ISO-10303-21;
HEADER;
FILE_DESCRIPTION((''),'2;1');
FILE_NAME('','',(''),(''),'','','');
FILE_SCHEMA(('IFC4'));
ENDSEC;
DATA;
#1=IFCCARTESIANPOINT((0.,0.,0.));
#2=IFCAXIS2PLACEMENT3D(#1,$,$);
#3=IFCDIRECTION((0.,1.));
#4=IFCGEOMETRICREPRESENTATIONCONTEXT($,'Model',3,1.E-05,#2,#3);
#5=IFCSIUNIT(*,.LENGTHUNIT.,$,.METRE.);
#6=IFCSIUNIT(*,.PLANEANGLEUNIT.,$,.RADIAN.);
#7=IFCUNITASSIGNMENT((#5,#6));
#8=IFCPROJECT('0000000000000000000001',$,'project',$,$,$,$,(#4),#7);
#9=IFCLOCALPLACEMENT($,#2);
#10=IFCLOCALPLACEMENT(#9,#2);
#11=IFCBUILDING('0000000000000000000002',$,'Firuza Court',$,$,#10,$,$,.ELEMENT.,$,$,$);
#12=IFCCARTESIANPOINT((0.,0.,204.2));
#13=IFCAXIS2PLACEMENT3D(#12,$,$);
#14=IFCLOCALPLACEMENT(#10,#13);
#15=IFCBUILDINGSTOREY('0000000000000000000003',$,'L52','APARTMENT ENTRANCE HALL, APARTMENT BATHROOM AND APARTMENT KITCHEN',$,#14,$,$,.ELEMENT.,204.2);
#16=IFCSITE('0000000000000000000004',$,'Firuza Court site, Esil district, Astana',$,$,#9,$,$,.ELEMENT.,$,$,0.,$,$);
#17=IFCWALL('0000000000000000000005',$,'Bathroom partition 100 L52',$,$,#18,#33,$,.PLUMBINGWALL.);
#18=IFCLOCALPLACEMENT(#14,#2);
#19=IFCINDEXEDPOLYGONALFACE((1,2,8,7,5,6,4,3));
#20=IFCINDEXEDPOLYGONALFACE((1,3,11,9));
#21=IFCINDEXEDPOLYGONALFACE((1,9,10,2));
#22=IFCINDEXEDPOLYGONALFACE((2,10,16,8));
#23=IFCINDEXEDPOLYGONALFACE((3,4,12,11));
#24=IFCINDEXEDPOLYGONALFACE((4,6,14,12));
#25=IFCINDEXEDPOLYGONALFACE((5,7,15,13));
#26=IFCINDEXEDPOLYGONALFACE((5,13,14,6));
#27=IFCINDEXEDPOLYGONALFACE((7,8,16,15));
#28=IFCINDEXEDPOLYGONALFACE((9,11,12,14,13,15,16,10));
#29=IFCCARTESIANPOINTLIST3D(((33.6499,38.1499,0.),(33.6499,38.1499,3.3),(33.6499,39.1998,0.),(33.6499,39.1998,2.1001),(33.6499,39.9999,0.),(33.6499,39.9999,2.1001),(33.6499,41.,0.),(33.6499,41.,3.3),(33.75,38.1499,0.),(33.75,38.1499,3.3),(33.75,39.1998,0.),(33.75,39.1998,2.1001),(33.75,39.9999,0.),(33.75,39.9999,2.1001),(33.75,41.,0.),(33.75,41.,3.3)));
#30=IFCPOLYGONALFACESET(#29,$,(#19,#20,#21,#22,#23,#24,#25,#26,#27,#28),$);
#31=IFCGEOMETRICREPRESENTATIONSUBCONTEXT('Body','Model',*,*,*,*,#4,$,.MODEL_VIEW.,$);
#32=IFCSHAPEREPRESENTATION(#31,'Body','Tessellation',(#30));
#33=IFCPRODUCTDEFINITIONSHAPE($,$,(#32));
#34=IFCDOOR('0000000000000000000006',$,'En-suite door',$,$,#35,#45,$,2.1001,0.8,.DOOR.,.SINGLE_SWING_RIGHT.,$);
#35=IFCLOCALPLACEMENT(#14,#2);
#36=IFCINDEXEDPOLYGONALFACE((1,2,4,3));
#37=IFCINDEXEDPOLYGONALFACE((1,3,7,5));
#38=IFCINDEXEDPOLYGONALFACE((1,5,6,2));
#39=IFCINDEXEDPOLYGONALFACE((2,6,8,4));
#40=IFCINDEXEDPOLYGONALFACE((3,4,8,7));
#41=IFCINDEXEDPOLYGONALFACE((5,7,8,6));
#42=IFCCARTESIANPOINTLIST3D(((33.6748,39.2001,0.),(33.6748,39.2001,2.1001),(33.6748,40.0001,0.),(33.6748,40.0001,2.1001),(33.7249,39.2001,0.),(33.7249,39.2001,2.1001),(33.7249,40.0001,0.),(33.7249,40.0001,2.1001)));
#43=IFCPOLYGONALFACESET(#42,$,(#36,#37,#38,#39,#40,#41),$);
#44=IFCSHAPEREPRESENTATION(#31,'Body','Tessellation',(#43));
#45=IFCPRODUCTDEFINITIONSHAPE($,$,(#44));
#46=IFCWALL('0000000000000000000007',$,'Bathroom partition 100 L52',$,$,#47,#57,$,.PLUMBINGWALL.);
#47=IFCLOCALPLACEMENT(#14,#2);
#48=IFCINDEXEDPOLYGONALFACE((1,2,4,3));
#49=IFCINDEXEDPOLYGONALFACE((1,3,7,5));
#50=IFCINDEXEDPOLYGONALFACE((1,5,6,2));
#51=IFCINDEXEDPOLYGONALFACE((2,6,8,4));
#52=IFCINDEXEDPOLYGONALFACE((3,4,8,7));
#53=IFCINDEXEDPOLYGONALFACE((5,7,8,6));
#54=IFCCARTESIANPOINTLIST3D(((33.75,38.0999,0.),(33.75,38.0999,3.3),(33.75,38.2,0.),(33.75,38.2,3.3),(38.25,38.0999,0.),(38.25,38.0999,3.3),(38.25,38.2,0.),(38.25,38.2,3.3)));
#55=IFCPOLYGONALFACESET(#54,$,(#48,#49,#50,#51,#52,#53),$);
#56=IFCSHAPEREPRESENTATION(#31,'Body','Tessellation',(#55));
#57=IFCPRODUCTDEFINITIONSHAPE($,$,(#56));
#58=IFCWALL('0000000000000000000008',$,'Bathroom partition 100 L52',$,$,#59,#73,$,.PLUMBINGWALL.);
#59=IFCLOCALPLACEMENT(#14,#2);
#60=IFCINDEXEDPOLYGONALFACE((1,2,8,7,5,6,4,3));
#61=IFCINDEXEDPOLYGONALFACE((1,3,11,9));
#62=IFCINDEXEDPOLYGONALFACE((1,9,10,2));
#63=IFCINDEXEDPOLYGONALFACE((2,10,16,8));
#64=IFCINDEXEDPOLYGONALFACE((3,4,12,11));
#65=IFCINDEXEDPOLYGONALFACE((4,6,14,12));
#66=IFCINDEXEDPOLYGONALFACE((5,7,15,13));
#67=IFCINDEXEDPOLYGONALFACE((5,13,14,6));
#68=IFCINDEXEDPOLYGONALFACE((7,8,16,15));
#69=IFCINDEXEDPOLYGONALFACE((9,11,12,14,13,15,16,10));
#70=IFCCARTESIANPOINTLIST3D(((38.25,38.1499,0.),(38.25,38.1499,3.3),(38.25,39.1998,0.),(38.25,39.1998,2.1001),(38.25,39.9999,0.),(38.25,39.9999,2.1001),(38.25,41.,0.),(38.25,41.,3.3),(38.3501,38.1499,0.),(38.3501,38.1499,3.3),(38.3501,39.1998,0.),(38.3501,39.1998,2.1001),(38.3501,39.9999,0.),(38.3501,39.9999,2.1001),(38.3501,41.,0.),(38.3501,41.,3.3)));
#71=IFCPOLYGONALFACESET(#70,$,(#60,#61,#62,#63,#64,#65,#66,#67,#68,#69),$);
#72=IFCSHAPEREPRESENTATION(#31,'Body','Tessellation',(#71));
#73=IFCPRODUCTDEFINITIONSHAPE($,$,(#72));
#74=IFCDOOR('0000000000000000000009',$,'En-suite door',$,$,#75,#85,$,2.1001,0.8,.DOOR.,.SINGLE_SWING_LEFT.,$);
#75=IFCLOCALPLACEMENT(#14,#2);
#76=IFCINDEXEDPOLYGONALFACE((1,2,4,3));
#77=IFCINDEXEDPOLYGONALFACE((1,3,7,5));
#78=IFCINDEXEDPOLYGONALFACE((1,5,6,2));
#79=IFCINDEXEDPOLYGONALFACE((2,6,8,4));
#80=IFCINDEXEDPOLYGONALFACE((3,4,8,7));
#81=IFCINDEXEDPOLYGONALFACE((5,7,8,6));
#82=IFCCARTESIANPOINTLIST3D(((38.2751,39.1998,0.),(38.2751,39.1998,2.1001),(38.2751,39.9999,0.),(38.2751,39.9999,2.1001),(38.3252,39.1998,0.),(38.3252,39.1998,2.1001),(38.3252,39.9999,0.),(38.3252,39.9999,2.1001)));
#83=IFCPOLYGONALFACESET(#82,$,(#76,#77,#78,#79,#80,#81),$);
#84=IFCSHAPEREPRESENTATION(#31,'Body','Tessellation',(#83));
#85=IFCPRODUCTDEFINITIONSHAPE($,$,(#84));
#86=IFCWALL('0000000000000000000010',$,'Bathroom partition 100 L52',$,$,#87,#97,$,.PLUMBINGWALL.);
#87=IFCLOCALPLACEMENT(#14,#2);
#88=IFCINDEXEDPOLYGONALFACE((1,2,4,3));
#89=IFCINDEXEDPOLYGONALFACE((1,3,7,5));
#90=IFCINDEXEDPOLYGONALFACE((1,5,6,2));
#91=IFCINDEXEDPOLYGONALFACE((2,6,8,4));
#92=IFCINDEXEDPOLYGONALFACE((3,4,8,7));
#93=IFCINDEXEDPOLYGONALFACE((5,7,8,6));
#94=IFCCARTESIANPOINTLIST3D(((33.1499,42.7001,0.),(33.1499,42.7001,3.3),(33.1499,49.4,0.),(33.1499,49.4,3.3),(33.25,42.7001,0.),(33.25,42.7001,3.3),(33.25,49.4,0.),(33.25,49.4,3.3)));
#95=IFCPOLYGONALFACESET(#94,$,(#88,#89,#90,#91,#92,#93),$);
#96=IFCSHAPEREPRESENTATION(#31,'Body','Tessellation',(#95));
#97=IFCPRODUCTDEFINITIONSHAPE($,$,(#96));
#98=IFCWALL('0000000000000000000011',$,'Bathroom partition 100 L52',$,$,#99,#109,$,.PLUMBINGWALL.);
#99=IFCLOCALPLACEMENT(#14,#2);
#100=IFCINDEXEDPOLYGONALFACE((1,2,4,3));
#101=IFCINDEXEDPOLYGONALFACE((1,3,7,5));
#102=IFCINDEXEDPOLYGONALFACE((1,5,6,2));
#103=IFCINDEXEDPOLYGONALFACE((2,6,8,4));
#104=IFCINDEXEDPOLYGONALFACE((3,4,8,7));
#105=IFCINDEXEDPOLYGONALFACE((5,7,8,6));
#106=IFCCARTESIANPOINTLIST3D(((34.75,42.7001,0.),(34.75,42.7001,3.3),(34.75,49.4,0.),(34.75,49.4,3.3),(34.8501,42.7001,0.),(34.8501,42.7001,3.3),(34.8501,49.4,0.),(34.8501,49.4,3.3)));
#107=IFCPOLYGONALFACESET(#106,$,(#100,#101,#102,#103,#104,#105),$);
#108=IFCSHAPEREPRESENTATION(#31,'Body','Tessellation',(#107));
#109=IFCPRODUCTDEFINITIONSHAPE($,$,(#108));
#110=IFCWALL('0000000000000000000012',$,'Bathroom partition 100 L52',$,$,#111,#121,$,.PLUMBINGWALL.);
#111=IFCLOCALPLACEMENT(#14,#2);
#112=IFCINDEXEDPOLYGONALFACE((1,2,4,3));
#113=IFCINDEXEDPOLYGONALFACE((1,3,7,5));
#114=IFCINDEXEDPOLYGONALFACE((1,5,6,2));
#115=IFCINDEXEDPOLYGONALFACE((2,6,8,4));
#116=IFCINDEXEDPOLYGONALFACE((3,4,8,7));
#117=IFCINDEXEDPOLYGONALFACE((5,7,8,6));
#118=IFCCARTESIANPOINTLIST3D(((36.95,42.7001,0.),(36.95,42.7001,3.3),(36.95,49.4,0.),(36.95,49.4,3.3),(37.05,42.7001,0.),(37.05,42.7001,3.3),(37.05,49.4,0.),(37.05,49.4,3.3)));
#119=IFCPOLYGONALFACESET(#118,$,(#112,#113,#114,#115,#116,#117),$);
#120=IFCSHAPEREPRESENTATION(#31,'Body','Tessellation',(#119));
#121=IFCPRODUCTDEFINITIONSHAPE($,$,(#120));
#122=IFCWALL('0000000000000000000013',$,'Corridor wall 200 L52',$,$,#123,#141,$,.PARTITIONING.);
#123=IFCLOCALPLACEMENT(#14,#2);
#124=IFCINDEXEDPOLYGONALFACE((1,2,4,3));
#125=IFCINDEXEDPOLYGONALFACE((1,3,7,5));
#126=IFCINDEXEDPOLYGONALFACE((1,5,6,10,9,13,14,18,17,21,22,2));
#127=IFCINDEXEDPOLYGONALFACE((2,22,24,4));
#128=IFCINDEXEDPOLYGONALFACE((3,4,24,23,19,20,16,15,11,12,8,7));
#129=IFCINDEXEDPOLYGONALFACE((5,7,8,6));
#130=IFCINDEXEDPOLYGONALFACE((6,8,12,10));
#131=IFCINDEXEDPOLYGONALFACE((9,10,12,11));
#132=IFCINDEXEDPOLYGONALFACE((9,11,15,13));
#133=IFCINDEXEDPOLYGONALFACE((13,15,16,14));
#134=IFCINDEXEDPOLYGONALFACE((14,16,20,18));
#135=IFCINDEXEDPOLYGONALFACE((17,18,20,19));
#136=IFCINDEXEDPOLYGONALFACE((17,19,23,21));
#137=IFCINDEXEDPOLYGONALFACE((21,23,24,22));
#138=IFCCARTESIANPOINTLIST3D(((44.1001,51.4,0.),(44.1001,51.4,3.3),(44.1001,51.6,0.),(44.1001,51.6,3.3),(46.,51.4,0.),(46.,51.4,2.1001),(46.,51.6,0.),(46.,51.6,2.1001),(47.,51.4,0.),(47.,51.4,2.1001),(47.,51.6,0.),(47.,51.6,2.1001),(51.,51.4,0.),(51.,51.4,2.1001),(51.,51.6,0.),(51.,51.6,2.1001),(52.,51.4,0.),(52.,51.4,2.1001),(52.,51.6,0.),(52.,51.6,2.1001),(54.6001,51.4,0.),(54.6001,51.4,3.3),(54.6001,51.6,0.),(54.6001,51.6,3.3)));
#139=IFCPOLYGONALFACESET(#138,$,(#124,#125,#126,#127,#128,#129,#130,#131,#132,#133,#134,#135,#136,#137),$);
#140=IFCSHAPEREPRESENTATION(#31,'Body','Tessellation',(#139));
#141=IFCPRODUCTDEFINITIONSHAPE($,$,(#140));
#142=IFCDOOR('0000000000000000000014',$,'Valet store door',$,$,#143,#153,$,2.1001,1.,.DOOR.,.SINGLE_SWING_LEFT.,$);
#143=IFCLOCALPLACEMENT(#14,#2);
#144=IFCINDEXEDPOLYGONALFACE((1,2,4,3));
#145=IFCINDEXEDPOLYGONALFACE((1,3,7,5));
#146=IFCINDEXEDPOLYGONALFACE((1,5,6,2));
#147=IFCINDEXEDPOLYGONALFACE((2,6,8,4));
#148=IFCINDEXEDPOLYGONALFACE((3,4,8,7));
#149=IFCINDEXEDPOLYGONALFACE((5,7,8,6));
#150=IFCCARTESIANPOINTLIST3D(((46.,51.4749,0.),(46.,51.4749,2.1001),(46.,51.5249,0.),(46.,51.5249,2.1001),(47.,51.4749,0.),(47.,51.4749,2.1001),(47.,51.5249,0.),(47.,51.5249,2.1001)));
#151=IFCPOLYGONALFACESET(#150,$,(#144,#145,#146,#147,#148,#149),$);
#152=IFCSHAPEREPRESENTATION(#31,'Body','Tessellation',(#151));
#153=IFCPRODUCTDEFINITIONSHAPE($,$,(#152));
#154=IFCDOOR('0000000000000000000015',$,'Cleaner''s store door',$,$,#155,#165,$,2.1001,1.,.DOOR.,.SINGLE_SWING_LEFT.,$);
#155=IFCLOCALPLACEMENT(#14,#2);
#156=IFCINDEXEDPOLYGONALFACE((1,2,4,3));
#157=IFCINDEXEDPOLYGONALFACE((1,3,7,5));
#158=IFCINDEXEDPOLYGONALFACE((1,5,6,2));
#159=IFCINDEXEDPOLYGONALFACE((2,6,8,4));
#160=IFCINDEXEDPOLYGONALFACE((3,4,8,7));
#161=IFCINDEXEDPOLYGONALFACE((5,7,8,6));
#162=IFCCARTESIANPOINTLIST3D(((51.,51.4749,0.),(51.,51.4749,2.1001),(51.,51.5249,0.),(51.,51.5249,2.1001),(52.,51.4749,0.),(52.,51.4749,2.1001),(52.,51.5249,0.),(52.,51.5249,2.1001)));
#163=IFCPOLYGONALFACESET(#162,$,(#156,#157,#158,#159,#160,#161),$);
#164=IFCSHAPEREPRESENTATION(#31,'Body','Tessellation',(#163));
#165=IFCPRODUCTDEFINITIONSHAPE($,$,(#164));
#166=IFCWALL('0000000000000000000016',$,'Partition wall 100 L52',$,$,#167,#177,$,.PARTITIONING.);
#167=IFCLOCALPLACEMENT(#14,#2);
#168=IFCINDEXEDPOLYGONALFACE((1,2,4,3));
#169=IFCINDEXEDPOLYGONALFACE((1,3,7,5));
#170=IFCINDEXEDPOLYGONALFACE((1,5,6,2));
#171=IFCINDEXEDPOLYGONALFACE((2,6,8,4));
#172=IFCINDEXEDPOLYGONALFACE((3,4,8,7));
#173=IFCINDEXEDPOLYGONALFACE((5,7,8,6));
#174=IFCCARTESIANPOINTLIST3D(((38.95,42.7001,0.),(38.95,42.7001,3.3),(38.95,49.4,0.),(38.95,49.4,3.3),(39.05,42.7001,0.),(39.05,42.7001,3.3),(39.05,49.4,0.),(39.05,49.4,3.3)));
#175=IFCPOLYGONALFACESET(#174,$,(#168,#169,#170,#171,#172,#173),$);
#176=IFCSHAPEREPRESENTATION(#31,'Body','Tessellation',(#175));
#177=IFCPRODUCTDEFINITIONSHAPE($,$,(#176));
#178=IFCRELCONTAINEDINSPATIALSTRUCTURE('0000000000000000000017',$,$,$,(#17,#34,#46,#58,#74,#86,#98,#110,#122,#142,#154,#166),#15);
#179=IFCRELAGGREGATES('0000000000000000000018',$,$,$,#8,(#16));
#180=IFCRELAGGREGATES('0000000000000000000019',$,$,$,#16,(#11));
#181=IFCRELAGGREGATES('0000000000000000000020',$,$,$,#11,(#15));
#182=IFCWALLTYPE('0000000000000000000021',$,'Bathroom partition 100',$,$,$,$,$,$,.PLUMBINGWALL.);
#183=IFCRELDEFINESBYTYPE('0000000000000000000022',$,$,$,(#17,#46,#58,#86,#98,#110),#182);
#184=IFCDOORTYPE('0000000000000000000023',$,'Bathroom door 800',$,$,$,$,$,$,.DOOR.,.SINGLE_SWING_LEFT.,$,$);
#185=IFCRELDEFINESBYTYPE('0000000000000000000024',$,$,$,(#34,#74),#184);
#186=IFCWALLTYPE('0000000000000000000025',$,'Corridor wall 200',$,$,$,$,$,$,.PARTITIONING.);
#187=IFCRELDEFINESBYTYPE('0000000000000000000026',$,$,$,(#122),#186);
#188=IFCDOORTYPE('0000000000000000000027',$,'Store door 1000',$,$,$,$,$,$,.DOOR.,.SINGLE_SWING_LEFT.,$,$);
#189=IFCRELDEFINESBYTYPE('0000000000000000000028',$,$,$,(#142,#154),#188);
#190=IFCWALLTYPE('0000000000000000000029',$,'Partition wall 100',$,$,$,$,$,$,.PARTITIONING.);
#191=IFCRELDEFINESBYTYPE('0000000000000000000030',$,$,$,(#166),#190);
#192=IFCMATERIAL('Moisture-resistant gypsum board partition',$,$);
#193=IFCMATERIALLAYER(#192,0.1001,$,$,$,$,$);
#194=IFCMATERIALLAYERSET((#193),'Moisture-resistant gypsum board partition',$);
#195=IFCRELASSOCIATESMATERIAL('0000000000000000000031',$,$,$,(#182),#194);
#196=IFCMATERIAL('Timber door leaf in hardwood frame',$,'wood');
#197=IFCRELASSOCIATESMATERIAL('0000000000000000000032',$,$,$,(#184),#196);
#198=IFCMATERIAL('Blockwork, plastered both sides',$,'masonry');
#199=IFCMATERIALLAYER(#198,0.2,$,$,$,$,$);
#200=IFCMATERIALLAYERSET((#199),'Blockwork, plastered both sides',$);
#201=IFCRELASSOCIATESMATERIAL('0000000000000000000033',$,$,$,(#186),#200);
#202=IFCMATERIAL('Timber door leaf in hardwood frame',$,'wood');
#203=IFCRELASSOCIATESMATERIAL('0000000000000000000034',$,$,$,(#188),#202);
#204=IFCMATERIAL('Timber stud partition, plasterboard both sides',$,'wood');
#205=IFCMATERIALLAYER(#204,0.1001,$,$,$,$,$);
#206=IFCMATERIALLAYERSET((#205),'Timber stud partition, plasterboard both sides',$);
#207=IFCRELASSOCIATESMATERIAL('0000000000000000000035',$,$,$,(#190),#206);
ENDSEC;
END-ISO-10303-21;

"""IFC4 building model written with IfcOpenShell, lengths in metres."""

from ifc_helpers import new_model, si_unit, direction, frame, frame_2d, origin, place, context, subcontext, project, spatial, rectangle, extrude, material, layer, layer_set, type_object, element, fill, save


model = new_model("IFC4")

# Units and contexts
model_context = context("Model", 3, precision=1e-05, world=origin(), true_north=direction((0.0, 1.0)))
body_context = subcontext(model_context, "Body", "Model", "MODEL_VIEW")
ifc_project = project(units=[si_unit("LENGTHUNIT", "METRE"), si_unit("PLANEANGLEUNIT", "RADIAN")], contexts=[model_context])

# Site, building, storey
site_placement = place(None, origin())
site = spatial("IfcSite", under=ifc_project, at=site_placement, Name="Firuza Court site, Esil district, Astana", CompositionType="ELEMENT", RefElevation=0.0)
building_placement = place(site_placement, origin())
building = spatial("IfcBuilding", under=site, at=building_placement, Name="Firuza Court", CompositionType="ELEMENT")
storey_placement = place(building_placement, frame((0.0, 0.0, 204.2)))
storey = spatial("IfcBuildingStorey", under=building, at=storey_placement, Name="L52", Description="APARTMENT ENTRANCE HALL, APARTMENT BATHROOM AND APARTMENT KITCHEN", CompositionType="ELEMENT", Elevation=204.2)

# Wall, opening, door
ifc_material_1 = material(Name="Moisture-resistant gypsum board partition")
ifc_layer_1 = layer(ifc_material_1, 0.1001)
ifc_layer_set_1 = layer_set([ifc_layer_1], Name="Moisture-resistant gypsum board partition")
wall_type_1 = type_object("IfcWallType", Name="Bathroom partition 100", PredefinedType="PLUMBINGWALL", material=ifc_layer_set_1)
wall_1_placement = place(storey_placement, frame((33.7, 38.1499, 0.0), z_axis=(0.0, 0.0, 1.0), x_axis=(0.0, 1.0, 0.0)))
wall_1 = element("IfcWall", 1, at=wall_1_placement, inside=storey, type_object=wall_type_1, Name="Bathroom partition 100 L52", PredefinedType="PLUMBINGWALL", context=body_context, shape_type="SweptSolid", body=[
    extrude(rectangle(XDim=2.8501, YDim=0.1001, at=frame_2d((1.425, 0.0))), origin(), (0.0, 0.0, 1.0), 3.3),
])
opening_1_placement = place(wall_1_placement, frame((1.05, 0.0, 0.0)))
opening_1 = element("IfcOpeningElement", 2, at=opening_1_placement, cuts=wall_1, PredefinedType="OPENING", context=body_context, shape_type="SweptSolid", body=[
    extrude(rectangle(XDim=0.8, YDim=2.1001, at=frame_2d((0.3999, 1.05))), frame((0.0, 0.062, 0.0), z_axis=(0.0, -1.0, 0.0), x_axis=(1.0, 0.0, 0.0)), (0.0, 0.0, 1.0), 0.124),
])
ifc_material_2 = material(Name="Timber door leaf in hardwood frame", Category="wood")
door_type_1 = type_object("IfcDoorType", Name="Bathroom door 800", OperationType="SINGLE_SWING_LEFT", PredefinedType="DOOR", material=ifc_material_2)
door_1_placement = place(opening_1_placement, frame((0.8, 0.0, 0.0), z_axis=(0.0, 0.0, 1.0), x_axis=(-1.0, 0.0, 0.0)))
door_1 = element("IfcDoor", 3, at=door_1_placement, inside=storey, type_object=door_type_1, Name="En-suite door", OperationType="SINGLE_SWING_RIGHT", OverallHeight=2.1001, OverallWidth=0.8, PredefinedType="DOOR", context=body_context, shape_type="SweptSolid", body=[
    extrude(rectangle(XDim=0.8, YDim=2.1001, at=frame_2d((0.3999, 1.05))), frame((0.0, 0.0249, 0.0), z_axis=(0.0, -1.0, 0.0), x_axis=(1.0, 0.0, 0.0)), (0.0, 0.0, 1.0), 0.05),
])
fill(opening_1, door_1)

# Wall
wall_2_placement = place(storey_placement, frame((33.75, 38.1499, 0.0), z_axis=(0.0, 0.0, 1.0), x_axis=(1.0, 0.0, 0.0)))
element("IfcWall", 4, at=wall_2_placement, inside=storey, type_object=wall_type_1, Name="Bathroom partition 100 L52", PredefinedType="PLUMBINGWALL", context=body_context, shape_type="SweptSolid", body=[
    extrude(rectangle(XDim=4.5, YDim=0.1001, at=frame_2d((2.25, 0.0))), origin(), (0.0, 0.0, 1.0), 3.3),
])

# Wall, opening, door
wall_3_placement = place(storey_placement, frame((38.3, 38.1499, 0.0), z_axis=(0.0, 0.0, 1.0), x_axis=(0.0, 1.0, 0.0)))
wall_3 = element("IfcWall", 5, at=wall_3_placement, inside=storey, type_object=wall_type_1, Name="Bathroom partition 100 L52", PredefinedType="PLUMBINGWALL", context=body_context, shape_type="SweptSolid", body=[
    extrude(rectangle(XDim=2.8501, YDim=0.1001, at=frame_2d((1.425, 0.0))), origin(), (0.0, 0.0, 1.0), 3.3),
])
opening_2_placement = place(wall_3_placement, frame((1.05, 0.0, 0.0)))
opening_2 = element("IfcOpeningElement", 6, at=opening_2_placement, cuts=wall_3, PredefinedType="OPENING", context=body_context, shape_type="SweptSolid", body=[
    extrude(rectangle(XDim=0.8, YDim=2.1001, at=frame_2d((0.3999, 1.05))), frame((0.0, 0.062, 0.0), z_axis=(0.0, -1.0, 0.0), x_axis=(1.0, 0.0, 0.0)), (0.0, 0.0, 1.0), 0.124),
])
door_2_placement = place(opening_2_placement, origin())
door_2 = element("IfcDoor", 7, at=door_2_placement, inside=storey, type_object=door_type_1, Name="En-suite door", OperationType="SINGLE_SWING_LEFT", OverallHeight=2.1001, OverallWidth=0.8, PredefinedType="DOOR", context=body_context, shape_type="SweptSolid", body=[
    extrude(rectangle(XDim=0.8, YDim=2.1001, at=frame_2d((0.3999, 1.05))), frame((0.0, 0.0249, 0.0), z_axis=(0.0, -1.0, 0.0), x_axis=(1.0, 0.0, 0.0)), (0.0, 0.0, 1.0), 0.05),
])
fill(opening_2, door_2)

# Walls
for number, where, z_axis, x_axis, name in (
    (8, (33.2, 42.7, 0.0), (0.0, 0.0, 1.0), (0.0, 1.0, 0.0), "Bathroom partition 100 L52"),
    (9, (34.8, 42.7, 0.0), (0.0, 0.0, 1.0), (0.0, 1.0, 0.0), "Bathroom partition 100 L52"),
    (10, (37.0, 42.7, 0.0), (0.0, 0.0, 1.0), (0.0, 1.0, 0.0), "Bathroom partition 100 L52"),
):
    element("IfcWall", number, at=place(storey_placement, frame(where, z_axis=z_axis, x_axis=x_axis)), inside=storey, type_object=wall_type_1, Name=name, PredefinedType="PLUMBINGWALL", context=body_context, shape_type="SweptSolid", body=[
        extrude(rectangle(XDim=6.7, YDim=0.1001, at=frame_2d((3.3501, 0.0))), origin(), (0.0, 0.0, 1.0), 3.3),
    ])

# Wall, openings, doors
ifc_material_3 = material(Name="Blockwork, plastered both sides", Category="masonry")
ifc_layer_2 = layer(ifc_material_3, 0.2)
ifc_layer_set_2 = layer_set([ifc_layer_2], Name="Blockwork, plastered both sides")
wall_type_2 = type_object("IfcWallType", Name="Corridor wall 200", PredefinedType="PARTITIONING", material=ifc_layer_set_2)
wall_4_placement = place(storey_placement, frame((44.1001, 51.5, 0.0), z_axis=(0.0, 0.0, 1.0), x_axis=(1.0, 0.0, 0.0)))
wall_4 = element("IfcWall", 11, at=wall_4_placement, inside=storey, type_object=wall_type_2, Name="Corridor wall 200 L52", PredefinedType="PARTITIONING", context=body_context, shape_type="SweptSolid", body=[
    extrude(rectangle(XDim=10.5, YDim=0.2, at=frame_2d((5.25, 0.0))), origin(), (0.0, 0.0, 1.0), 3.3),
])
opening_3_placement = place(wall_4_placement, frame((1.8999, 0.0, 0.0)))
opening_3 = element("IfcOpeningElement", 12, at=opening_3_placement, cuts=wall_4, PredefinedType="OPENING", context=body_context, shape_type="SweptSolid", body=[
    extrude(rectangle(XDim=1.0, YDim=2.1001, at=frame_2d((0.5, 1.05))), frame((0.0, 0.1118, 0.0), z_axis=(0.0, -1.0, 0.0), x_axis=(1.0, 0.0, 0.0)), (0.0, 0.0, 1.0), 0.2239),
])
opening_4_placement = place(wall_4_placement, frame((6.8999, 0.0, 0.0)))
opening_4 = element("IfcOpeningElement", 13, at=opening_4_placement, cuts=wall_4, PredefinedType="OPENING", context=body_context, shape_type="SweptSolid", body=[
    extrude(rectangle(XDim=1.0, YDim=2.1001, at=frame_2d((0.5, 1.05))), frame((0.0, 0.1118, 0.0), z_axis=(0.0, -1.0, 0.0), x_axis=(1.0, 0.0, 0.0)), (0.0, 0.0, 1.0), 0.2239),
])
ifc_material_4 = material(Name="Timber door leaf in hardwood frame", Category="wood")
door_type_2 = type_object("IfcDoorType", Name="Store door 1000", OperationType="SINGLE_SWING_LEFT", PredefinedType="DOOR", material=ifc_material_4)
door_3_placement = place(opening_3_placement, origin())
door_3 = element("IfcDoor", 14, at=door_3_placement, inside=storey, type_object=door_type_2, Name="Valet store door", OperationType="SINGLE_SWING_LEFT", OverallHeight=2.1001, OverallWidth=1.0, PredefinedType="DOOR", context=body_context, shape_type="SweptSolid", body=[
    extrude(rectangle(XDim=1.0, YDim=2.1001, at=frame_2d((0.5, 1.05))), frame((0.0, 0.0249, 0.0), z_axis=(0.0, -1.0, 0.0), x_axis=(1.0, 0.0, 0.0)), (0.0, 0.0, 1.0), 0.05),
])
fill(opening_3, door_3)
door_4_placement = place(opening_4_placement, origin())
door_4 = element("IfcDoor", 15, at=door_4_placement, inside=storey, type_object=door_type_2, Name="Cleaner's store door", OperationType="SINGLE_SWING_LEFT", OverallHeight=2.1001, OverallWidth=1.0, PredefinedType="DOOR", context=body_context, shape_type="SweptSolid", body=[
    extrude(rectangle(XDim=1.0, YDim=2.1001, at=frame_2d((0.5, 1.05))), frame((0.0, 0.0249, 0.0), z_axis=(0.0, -1.0, 0.0), x_axis=(1.0, 0.0, 0.0)), (0.0, 0.0, 1.0), 0.05),
])
fill(opening_4, door_4)

# Wall
ifc_material_5 = material(Name="Timber stud partition, plasterboard both sides", Category="wood")
ifc_layer_3 = layer(ifc_material_5, 0.1001)
ifc_layer_set_3 = layer_set([ifc_layer_3], Name="Timber stud partition, plasterboard both sides")
wall_type_3 = type_object("IfcWallType", Name="Partition wall 100", PredefinedType="PARTITIONING", material=ifc_layer_set_3)
for number, where, z_axis, x_axis, name in (
    (16, (39.0, 42.7, 0.0), (0.0, 0.0, 1.0), (0.0, 1.0, 0.0), "Partition wall 100 L52"),
):
    element("IfcWall", number, at=place(storey_placement, frame(where, z_axis=z_axis, x_axis=x_axis)), inside=storey, type_object=wall_type_3, Name=name, PredefinedType="PARTITIONING", context=body_context, shape_type="SweptSolid", body=[
        extrude(rectangle(XDim=6.7, YDim=0.1001, at=frame_2d((3.3501, 0.0))), origin(), (0.0, 0.0, 1.0), 3.3),
    ])

save(model, "model.ifc")
